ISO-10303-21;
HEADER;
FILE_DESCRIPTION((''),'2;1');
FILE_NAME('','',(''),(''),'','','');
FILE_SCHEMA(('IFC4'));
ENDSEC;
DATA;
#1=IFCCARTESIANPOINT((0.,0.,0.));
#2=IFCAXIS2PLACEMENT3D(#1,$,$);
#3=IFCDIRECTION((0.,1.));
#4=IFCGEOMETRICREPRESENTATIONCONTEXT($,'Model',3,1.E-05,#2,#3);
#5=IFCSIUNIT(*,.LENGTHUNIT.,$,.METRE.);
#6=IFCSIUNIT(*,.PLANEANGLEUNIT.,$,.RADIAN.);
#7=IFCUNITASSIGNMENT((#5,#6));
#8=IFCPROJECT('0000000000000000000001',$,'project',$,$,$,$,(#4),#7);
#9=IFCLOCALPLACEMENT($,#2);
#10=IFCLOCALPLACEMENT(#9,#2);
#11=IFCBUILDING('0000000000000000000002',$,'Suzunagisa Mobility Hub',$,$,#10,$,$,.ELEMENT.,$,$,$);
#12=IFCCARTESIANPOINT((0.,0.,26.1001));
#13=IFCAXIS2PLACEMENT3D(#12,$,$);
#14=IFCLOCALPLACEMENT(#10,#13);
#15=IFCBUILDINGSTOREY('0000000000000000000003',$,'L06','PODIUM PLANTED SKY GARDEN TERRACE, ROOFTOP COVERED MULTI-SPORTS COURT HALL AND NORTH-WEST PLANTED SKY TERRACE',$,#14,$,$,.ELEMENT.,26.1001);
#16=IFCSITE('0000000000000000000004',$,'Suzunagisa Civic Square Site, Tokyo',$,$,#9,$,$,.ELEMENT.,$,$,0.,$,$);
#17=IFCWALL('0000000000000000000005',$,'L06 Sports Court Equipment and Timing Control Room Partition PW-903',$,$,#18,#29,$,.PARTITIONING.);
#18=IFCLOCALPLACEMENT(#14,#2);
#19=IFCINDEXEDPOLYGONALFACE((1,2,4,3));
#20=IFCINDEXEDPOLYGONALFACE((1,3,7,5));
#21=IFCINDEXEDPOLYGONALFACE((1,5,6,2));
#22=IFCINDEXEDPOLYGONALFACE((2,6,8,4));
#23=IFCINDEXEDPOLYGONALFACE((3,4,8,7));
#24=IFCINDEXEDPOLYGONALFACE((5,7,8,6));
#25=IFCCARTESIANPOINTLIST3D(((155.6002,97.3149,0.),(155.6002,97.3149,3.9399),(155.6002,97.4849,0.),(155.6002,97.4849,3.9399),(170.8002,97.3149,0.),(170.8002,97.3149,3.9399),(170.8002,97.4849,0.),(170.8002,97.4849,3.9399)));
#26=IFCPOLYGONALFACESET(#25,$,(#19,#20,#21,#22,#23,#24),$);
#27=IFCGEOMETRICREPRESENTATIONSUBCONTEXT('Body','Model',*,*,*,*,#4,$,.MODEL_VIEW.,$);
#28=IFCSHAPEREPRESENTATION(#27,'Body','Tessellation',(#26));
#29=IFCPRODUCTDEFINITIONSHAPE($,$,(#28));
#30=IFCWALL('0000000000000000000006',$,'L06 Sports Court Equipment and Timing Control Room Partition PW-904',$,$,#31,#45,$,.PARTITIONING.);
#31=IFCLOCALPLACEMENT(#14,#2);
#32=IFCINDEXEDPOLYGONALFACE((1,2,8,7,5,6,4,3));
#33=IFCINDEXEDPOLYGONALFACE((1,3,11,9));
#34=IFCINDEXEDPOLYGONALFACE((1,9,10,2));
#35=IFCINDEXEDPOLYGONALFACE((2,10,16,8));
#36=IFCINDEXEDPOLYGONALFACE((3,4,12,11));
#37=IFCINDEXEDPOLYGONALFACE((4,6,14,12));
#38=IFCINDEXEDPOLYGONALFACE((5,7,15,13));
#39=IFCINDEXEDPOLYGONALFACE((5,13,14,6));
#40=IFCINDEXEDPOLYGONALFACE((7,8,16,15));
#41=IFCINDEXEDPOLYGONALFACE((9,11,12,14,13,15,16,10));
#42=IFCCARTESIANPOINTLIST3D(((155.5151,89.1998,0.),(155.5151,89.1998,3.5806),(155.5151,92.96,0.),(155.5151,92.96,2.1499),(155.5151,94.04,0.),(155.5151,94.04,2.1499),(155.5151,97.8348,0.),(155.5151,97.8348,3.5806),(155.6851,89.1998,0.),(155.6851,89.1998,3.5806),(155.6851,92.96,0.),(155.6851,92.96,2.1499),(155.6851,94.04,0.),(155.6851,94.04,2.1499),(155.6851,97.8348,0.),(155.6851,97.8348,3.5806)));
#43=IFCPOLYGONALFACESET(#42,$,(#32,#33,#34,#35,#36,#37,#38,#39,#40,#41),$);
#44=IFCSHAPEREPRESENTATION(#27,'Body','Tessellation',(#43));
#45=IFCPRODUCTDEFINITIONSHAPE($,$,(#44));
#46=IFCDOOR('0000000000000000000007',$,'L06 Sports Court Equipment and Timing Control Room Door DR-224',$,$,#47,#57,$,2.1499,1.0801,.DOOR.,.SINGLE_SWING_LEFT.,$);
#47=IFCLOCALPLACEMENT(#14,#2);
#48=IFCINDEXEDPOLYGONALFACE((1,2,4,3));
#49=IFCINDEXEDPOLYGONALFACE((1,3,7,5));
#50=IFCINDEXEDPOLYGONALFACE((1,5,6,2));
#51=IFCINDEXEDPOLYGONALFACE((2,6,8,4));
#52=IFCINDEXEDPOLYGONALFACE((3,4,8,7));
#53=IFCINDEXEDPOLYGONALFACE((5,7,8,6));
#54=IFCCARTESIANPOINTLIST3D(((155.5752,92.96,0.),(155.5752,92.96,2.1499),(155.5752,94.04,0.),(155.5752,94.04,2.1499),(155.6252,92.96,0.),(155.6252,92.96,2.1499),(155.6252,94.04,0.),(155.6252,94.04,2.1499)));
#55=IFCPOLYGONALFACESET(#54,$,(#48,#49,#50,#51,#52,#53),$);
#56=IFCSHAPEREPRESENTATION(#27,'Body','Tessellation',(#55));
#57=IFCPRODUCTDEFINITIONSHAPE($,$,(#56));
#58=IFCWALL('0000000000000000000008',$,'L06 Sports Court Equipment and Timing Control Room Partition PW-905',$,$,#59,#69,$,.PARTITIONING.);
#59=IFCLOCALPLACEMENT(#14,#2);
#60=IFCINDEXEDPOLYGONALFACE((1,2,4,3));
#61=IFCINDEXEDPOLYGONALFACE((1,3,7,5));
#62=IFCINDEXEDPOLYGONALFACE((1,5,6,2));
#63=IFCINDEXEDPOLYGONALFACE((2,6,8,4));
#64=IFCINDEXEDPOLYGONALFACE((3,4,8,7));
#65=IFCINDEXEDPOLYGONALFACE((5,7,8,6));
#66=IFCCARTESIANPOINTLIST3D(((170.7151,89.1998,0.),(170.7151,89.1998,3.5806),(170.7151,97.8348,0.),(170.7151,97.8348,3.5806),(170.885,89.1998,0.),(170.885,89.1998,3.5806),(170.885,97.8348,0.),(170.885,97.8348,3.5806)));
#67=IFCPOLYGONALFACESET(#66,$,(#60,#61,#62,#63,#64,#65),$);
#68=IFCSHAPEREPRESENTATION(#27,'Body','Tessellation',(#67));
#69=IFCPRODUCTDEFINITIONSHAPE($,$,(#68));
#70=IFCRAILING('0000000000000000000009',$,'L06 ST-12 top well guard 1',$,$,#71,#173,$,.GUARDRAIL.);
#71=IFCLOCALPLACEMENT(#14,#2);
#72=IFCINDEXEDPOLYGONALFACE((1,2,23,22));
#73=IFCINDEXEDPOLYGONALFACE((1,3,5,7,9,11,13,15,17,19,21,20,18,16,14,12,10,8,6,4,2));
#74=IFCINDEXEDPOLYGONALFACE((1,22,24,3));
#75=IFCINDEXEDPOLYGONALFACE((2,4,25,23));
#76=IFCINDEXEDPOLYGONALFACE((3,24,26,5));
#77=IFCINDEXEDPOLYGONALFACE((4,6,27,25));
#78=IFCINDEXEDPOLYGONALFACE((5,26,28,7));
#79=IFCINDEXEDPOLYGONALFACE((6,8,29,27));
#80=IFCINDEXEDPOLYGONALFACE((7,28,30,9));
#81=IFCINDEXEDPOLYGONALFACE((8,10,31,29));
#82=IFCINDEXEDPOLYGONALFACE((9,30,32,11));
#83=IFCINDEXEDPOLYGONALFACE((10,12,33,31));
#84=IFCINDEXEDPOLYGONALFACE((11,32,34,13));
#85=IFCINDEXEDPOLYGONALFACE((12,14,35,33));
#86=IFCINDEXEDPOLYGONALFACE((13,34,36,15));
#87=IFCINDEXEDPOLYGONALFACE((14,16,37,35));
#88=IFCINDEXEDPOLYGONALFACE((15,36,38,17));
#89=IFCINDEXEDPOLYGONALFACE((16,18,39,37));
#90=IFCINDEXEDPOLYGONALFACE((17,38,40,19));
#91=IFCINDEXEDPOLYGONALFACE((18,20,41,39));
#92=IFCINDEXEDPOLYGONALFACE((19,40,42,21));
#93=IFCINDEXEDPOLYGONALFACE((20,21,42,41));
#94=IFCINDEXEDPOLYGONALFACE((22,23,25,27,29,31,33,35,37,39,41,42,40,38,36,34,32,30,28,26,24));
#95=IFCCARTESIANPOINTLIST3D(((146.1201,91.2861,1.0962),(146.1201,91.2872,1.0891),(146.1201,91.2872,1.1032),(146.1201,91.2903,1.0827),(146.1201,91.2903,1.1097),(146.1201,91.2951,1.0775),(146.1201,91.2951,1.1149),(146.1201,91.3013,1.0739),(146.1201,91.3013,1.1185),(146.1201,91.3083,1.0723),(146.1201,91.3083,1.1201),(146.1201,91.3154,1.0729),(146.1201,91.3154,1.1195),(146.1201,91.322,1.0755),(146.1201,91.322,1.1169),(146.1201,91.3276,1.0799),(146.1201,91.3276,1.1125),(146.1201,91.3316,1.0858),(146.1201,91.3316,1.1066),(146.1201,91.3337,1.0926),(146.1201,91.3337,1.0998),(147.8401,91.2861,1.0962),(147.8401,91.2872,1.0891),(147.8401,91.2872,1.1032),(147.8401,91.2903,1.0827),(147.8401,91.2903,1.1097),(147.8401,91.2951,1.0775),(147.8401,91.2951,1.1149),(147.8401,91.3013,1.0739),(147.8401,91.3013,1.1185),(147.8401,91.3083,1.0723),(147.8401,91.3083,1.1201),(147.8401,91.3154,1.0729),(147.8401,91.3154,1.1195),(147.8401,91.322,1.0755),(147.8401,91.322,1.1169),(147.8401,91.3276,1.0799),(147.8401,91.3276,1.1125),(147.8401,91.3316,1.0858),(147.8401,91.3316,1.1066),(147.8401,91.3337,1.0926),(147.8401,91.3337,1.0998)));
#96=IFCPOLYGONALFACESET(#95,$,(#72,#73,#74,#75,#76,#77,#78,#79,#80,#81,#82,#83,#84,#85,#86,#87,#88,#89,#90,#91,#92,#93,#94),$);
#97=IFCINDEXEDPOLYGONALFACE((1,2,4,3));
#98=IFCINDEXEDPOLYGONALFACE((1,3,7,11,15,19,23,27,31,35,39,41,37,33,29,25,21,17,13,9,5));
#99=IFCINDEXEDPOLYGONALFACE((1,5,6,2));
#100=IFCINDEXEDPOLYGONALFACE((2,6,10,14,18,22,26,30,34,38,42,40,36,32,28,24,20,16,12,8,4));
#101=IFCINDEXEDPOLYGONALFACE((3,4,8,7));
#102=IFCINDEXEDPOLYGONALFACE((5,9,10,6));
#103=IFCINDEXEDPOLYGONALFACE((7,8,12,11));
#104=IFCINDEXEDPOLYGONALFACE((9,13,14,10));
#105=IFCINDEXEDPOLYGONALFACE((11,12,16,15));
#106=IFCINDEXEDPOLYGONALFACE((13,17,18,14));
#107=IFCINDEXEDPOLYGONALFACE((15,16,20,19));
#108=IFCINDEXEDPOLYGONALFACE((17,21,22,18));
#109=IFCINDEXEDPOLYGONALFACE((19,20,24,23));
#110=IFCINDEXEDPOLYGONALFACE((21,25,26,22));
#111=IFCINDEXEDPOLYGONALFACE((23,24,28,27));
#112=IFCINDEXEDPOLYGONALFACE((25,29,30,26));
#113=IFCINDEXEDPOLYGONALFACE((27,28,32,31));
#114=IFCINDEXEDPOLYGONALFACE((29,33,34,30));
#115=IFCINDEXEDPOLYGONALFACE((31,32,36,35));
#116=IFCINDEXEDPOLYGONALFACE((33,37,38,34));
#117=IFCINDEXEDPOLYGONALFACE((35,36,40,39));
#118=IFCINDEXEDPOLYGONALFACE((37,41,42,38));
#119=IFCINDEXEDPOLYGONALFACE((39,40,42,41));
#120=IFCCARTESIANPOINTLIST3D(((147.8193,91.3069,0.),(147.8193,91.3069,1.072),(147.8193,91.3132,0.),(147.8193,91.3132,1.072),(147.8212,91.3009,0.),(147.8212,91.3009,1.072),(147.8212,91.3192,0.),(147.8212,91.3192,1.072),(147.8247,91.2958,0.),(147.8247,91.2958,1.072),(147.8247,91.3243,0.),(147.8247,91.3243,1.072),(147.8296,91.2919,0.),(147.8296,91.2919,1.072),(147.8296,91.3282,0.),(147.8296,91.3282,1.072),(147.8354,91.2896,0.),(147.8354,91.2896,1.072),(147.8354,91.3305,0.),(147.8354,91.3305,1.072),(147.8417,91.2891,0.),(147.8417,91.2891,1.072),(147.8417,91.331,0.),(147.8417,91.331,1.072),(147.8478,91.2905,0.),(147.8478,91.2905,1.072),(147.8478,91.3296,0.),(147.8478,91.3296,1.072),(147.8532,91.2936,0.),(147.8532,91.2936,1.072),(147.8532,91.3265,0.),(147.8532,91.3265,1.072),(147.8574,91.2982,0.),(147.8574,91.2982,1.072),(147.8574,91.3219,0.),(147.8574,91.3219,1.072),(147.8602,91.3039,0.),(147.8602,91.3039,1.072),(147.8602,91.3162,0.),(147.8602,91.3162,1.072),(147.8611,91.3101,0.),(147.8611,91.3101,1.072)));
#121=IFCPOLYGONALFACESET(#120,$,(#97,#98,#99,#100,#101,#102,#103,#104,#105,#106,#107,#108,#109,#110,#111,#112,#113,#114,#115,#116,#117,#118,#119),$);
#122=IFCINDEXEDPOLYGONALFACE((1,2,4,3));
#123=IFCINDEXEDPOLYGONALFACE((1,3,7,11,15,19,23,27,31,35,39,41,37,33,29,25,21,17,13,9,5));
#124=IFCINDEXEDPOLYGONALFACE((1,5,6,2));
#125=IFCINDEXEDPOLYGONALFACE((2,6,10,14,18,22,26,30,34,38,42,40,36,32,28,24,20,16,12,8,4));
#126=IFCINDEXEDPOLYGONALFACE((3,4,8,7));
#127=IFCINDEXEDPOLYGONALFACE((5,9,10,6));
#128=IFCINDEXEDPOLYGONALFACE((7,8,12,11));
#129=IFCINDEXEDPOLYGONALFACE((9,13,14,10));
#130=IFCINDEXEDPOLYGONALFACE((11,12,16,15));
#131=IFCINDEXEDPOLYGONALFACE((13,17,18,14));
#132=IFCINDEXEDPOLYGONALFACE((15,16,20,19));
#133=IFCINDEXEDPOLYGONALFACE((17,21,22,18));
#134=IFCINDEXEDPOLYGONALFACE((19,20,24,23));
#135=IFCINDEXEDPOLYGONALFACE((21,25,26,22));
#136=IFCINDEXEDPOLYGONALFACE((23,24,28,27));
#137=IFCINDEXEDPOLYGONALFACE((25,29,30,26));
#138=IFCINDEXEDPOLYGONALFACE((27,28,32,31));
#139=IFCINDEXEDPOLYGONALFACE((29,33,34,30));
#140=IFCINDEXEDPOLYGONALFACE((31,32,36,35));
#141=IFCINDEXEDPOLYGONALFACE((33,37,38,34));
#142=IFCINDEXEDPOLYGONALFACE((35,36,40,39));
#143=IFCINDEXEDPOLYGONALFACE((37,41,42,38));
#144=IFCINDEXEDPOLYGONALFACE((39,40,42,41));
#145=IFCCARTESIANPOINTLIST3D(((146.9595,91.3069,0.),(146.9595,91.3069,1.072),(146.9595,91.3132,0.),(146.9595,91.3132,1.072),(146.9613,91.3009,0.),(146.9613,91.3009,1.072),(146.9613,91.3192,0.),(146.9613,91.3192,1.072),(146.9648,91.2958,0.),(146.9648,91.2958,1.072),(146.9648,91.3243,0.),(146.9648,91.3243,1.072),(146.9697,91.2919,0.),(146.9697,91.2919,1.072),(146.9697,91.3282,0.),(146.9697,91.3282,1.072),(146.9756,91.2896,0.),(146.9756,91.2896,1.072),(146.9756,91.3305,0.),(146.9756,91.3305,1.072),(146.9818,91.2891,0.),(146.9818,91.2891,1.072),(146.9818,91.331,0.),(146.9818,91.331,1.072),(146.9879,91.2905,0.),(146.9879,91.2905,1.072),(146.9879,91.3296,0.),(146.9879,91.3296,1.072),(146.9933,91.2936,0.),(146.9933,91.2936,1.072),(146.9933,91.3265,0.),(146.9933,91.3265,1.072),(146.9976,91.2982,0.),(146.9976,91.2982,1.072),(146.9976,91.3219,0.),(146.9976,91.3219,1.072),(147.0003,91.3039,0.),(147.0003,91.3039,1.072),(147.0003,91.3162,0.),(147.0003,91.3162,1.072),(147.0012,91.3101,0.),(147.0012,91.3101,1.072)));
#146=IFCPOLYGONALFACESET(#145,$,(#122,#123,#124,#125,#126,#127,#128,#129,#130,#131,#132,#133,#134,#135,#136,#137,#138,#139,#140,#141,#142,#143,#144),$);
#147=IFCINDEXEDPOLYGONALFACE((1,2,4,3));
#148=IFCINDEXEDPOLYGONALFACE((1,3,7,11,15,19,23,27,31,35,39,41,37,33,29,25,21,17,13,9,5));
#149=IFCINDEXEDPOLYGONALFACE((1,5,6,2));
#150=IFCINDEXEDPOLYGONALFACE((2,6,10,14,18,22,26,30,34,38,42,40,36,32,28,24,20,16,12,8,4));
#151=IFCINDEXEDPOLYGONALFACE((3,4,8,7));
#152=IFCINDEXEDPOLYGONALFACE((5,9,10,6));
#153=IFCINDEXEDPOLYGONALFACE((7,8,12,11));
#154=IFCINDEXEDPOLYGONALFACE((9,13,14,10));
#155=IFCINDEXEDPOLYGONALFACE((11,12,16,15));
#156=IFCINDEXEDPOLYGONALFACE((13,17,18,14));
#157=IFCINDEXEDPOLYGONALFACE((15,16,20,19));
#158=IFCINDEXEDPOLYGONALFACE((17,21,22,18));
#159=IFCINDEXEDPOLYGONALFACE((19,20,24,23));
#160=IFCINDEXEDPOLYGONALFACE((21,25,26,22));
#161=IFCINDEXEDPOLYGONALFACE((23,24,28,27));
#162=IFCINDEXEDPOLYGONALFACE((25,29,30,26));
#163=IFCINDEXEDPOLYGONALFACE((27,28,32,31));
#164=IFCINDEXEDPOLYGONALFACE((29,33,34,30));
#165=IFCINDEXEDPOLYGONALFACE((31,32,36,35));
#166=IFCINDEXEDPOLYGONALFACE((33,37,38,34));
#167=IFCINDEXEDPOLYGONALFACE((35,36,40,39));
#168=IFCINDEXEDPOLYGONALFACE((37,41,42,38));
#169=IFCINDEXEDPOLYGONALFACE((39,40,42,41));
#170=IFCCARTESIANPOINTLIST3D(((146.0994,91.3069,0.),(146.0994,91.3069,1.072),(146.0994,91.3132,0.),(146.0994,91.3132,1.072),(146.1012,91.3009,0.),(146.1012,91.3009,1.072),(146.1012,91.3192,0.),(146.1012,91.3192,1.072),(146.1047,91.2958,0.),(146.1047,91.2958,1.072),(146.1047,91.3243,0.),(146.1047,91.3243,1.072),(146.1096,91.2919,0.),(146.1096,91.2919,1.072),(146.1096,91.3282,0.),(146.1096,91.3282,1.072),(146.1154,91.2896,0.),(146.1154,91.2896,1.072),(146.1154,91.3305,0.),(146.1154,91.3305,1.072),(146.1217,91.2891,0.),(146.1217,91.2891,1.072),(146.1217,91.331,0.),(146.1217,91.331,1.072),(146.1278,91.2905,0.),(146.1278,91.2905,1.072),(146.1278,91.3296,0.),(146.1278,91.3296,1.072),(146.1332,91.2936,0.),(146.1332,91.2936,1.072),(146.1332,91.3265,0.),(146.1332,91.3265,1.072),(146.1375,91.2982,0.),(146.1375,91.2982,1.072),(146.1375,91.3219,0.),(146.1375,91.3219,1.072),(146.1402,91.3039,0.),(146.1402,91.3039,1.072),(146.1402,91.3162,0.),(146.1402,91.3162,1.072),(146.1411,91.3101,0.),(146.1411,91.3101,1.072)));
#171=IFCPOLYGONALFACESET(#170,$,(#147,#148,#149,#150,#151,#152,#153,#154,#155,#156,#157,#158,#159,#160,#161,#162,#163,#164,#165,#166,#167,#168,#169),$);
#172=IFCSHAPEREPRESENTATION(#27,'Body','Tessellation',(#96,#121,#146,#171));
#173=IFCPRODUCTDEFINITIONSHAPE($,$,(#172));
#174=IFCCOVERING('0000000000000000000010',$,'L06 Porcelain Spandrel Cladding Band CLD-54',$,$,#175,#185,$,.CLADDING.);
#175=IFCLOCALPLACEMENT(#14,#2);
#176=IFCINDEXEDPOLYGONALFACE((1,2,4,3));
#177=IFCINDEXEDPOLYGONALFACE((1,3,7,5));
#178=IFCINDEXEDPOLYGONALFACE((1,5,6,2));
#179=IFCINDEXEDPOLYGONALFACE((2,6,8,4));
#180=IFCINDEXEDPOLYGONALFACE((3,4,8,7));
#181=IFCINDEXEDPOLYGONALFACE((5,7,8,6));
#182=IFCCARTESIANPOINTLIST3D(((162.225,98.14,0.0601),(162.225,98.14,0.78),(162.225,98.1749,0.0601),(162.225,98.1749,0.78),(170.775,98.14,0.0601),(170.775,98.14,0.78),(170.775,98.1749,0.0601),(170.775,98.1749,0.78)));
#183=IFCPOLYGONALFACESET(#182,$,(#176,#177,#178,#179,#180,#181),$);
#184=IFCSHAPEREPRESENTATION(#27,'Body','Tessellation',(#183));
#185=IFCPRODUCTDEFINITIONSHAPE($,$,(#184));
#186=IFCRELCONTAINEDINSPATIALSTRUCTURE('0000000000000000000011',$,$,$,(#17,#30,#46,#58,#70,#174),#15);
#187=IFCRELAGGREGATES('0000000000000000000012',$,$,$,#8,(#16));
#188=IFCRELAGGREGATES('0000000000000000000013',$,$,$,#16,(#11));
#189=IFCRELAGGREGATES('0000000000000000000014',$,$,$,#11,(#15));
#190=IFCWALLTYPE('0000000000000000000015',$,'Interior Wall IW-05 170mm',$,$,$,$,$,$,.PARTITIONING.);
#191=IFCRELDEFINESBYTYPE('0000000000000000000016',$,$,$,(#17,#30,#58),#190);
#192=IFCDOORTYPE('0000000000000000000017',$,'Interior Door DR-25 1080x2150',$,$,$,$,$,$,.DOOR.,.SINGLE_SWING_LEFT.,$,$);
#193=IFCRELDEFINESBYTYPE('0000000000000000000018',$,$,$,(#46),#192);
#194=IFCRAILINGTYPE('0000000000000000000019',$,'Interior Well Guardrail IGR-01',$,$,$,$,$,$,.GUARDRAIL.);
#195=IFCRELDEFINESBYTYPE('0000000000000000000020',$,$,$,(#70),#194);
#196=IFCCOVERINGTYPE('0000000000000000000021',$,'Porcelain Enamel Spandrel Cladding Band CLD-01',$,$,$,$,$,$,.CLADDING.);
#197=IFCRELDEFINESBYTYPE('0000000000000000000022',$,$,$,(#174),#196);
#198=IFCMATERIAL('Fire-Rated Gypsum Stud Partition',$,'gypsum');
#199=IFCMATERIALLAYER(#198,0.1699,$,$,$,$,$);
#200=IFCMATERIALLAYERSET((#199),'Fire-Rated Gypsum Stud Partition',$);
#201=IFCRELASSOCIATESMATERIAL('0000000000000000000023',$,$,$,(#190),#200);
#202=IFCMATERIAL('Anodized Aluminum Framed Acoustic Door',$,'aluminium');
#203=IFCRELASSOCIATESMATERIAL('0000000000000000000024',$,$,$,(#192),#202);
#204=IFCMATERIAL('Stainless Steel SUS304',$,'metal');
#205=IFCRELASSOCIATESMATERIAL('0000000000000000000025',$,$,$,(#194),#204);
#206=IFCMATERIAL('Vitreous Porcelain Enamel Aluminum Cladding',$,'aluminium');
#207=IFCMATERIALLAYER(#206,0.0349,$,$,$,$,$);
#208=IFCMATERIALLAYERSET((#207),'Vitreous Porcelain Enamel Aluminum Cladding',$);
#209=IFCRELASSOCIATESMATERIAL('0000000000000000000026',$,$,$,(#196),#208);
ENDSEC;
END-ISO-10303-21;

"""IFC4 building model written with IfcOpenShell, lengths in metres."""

from ifc_helpers import new_model, si_unit, direction, frame, frame_2d, origin, origin_2d, place, context, subcontext, project, spatial, rectangle, circle, extrude, material, layer, layer_set, type_object, element, fill, save


model = new_model("IFC4")

# Units and contexts
model_context = context("Model", 3, precision=1e-05, world=origin(), true_north=direction((0.0, 1.0)))
body_context = subcontext(model_context, "Body", "Model", "MODEL_VIEW")
ifc_project = project(units=[si_unit("LENGTHUNIT", "METRE"), si_unit("PLANEANGLEUNIT", "RADIAN")], contexts=[model_context])

# Site, building, storey
site_placement = place(None, origin())
site = spatial("IfcSite", under=ifc_project, at=site_placement, Name="Suzunagisa Civic Square Site, Tokyo", CompositionType="ELEMENT", RefElevation=0.0)
building_placement = place(site_placement, origin())
building = spatial("IfcBuilding", under=site, at=building_placement, Name="Suzunagisa Mobility Hub", CompositionType="ELEMENT")
storey_placement = place(building_placement, frame((0.0, 0.0, 26.1001)))
storey = spatial("IfcBuildingStorey", under=building, at=storey_placement, Name="L06", Description="PODIUM PLANTED SKY GARDEN TERRACE, ROOFTOP COVERED MULTI-SPORTS COURT HALL AND NORTH-WEST PLANTED SKY TERRACE", CompositionType="ELEMENT", Elevation=26.1001)

# Wall
ifc_material_1 = material(Name="Fire-Rated Gypsum Stud Partition", Category="gypsum")
ifc_layer_1 = layer(ifc_material_1, 0.1699)
ifc_layer_set_1 = layer_set([ifc_layer_1], Name="Fire-Rated Gypsum Stud Partition")
wall_type_1 = type_object("IfcWallType", Name="Interior Wall IW-05 170mm", PredefinedType="PARTITIONING", material=ifc_layer_set_1)
wall_1_placement = place(storey_placement, frame((155.6001, 97.3999, 0.0), z_axis=(0.0, 0.0, 1.0), x_axis=(1.0, 0.0, 0.0)))
element("IfcWall", 1, at=wall_1_placement, inside=storey, type_object=wall_type_1, Name="L06 Sports Court Equipment and Timing Control Room Partition PW-903", PredefinedType="PARTITIONING", context=body_context, shape_type="SweptSolid", body=[
    extrude(rectangle(XDim=15.2, YDim=0.1699, at=frame_2d((7.6001, 0.0))), origin(), (0.0, 0.0, 1.0), 3.9399),
])

# Wall, opening, door
wall_2_placement = place(storey_placement, frame((155.6001, 89.2, 0.0), z_axis=(0.0, 0.0, 1.0), x_axis=(0.0, 1.0, 0.0)))
wall_2 = element("IfcWall", 2, at=wall_2_placement, inside=storey, type_object=wall_type_1, Name="L06 Sports Court Equipment and Timing Control Room Partition PW-904", PredefinedType="PARTITIONING", context=body_context, shape_type="SweptSolid", body=[
    extrude(rectangle(XDim=8.635, YDim=0.1699, at=frame_2d((4.3174, 0.0))), origin(), (0.0, 0.0, 1.0), 3.5806),
])
opening_1_placement = place(wall_2_placement, frame((3.76, 0.0, 0.0)))
opening_1 = element("IfcOpeningElement", 3, at=opening_1_placement, cuts=wall_2, PredefinedType="OPENING", context=body_context, shape_type="SweptSolid", body=[
    extrude(rectangle(XDim=1.0801, YDim=2.1499, at=frame_2d((0.54, 1.075))), frame((0.0, 0.0959, 0.0), z_axis=(0.0, -1.0, 0.0), x_axis=(1.0, 0.0, 0.0)), (0.0, 0.0, 1.0), 0.1919),
])
ifc_material_2 = material(Name="Anodized Aluminum Framed Acoustic Door", Category="aluminium")
door_type_1 = type_object("IfcDoorType", Name="Interior Door DR-25 1080x2150", OperationType="SINGLE_SWING_LEFT", PredefinedType="DOOR", material=ifc_material_2)
door_1_placement = place(opening_1_placement, origin())
door_1 = element("IfcDoor", 4, at=door_1_placement, inside=storey, type_object=door_type_1, Name="L06 Sports Court Equipment and Timing Control Room Door DR-224", OperationType="SINGLE_SWING_LEFT", OverallHeight=2.1499, OverallWidth=1.0801, PredefinedType="DOOR", context=body_context, shape_type="SweptSolid", body=[
    extrude(rectangle(XDim=1.0801, YDim=2.1499, at=frame_2d((0.54, 1.075))), frame((0.0, 0.0249, 0.0), z_axis=(0.0, -1.0, 0.0), x_axis=(1.0, 0.0, 0.0)), (0.0, 0.0, 1.0), 0.05),
])
fill(opening_1, door_1)

# Wall
wall_3_placement = place(storey_placement, frame((170.8, 89.2, 0.0), z_axis=(0.0, 0.0, 1.0), x_axis=(0.0, 1.0, 0.0)))
element("IfcWall", 5, at=wall_3_placement, inside=storey, type_object=wall_type_1, Name="L06 Sports Court Equipment and Timing Control Room Partition PW-905", PredefinedType="PARTITIONING", context=body_context, shape_type="SweptSolid", body=[
    extrude(rectangle(XDim=8.635, YDim=0.1699, at=frame_2d((4.3174, 0.0))), origin(), (0.0, 0.0, 1.0), 3.5806),
])

# Railing
ifc_material_3 = material(Name="Stainless Steel SUS304", Category="metal")
railing_type = type_object("IfcRailingType", Name="Interior Well Guardrail IGR-01", PredefinedType="GUARDRAIL", material=ifc_material_3)
railing_placement = place(storey_placement, frame((147.8401, 91.3101, 0.0)))
element("IfcRailing", 6, at=railing_placement, inside=storey, type_object=railing_type, Name="L06 ST-12 top well guard 1", PredefinedType="GUARDRAIL", context=body_context, shape_type="SweptSolid", body=[
    extrude(circle(Radius=0.0239, at=origin_2d()), frame((0.0, 0.0, 1.0962), z_axis=(-1.0, 0.0, 0.0), x_axis=(0.0, -1.0, 0.0)), (0.0, 0.0, 1.0), 1.72),
    extrude(circle(Radius=0.021, at=origin_2d()), origin(), (0.0, 0.0, 1.0), 1.072),
    extrude(circle(Radius=0.021, at=origin_2d()), frame((-0.8599, 0.0, 0.0)), (0.0, 0.0, 1.0), 1.072),
    extrude(circle(Radius=0.021, at=origin_2d()), frame((-1.72, 0.0, 0.0)), (0.0, 0.0, 1.0), 1.072),
])

# Covering
ifc_material_4 = material(Name="Vitreous Porcelain Enamel Aluminum Cladding", Category="aluminium")
ifc_layer_2 = layer(ifc_material_4, 0.0349)
ifc_layer_set_2 = layer_set([ifc_layer_2], Name="Vitreous Porcelain Enamel Aluminum Cladding")
covering_type = type_object("IfcCoveringType", Name="Porcelain Enamel Spandrel Cladding Band CLD-01", PredefinedType="CLADDING", material=ifc_layer_set_2)
covering_placement = place(storey_placement, frame((166.5, 98.1575, 0.0601), z_axis=(0.0, 0.0, 1.0), x_axis=(-1.0, 0.0, 0.0)))
element("IfcCovering", 7, at=covering_placement, inside=storey, type_object=covering_type, Name="L06 Porcelain Spandrel Cladding Band CLD-54", PredefinedType="CLADDING", context=body_context, shape_type="SweptSolid", body=[
    extrude(rectangle(XDim=8.55, YDim=0.0349, at=origin_2d()), origin(), (0.0, 0.0, 1.0), 0.72),
])

save(model, "model.ifc")
